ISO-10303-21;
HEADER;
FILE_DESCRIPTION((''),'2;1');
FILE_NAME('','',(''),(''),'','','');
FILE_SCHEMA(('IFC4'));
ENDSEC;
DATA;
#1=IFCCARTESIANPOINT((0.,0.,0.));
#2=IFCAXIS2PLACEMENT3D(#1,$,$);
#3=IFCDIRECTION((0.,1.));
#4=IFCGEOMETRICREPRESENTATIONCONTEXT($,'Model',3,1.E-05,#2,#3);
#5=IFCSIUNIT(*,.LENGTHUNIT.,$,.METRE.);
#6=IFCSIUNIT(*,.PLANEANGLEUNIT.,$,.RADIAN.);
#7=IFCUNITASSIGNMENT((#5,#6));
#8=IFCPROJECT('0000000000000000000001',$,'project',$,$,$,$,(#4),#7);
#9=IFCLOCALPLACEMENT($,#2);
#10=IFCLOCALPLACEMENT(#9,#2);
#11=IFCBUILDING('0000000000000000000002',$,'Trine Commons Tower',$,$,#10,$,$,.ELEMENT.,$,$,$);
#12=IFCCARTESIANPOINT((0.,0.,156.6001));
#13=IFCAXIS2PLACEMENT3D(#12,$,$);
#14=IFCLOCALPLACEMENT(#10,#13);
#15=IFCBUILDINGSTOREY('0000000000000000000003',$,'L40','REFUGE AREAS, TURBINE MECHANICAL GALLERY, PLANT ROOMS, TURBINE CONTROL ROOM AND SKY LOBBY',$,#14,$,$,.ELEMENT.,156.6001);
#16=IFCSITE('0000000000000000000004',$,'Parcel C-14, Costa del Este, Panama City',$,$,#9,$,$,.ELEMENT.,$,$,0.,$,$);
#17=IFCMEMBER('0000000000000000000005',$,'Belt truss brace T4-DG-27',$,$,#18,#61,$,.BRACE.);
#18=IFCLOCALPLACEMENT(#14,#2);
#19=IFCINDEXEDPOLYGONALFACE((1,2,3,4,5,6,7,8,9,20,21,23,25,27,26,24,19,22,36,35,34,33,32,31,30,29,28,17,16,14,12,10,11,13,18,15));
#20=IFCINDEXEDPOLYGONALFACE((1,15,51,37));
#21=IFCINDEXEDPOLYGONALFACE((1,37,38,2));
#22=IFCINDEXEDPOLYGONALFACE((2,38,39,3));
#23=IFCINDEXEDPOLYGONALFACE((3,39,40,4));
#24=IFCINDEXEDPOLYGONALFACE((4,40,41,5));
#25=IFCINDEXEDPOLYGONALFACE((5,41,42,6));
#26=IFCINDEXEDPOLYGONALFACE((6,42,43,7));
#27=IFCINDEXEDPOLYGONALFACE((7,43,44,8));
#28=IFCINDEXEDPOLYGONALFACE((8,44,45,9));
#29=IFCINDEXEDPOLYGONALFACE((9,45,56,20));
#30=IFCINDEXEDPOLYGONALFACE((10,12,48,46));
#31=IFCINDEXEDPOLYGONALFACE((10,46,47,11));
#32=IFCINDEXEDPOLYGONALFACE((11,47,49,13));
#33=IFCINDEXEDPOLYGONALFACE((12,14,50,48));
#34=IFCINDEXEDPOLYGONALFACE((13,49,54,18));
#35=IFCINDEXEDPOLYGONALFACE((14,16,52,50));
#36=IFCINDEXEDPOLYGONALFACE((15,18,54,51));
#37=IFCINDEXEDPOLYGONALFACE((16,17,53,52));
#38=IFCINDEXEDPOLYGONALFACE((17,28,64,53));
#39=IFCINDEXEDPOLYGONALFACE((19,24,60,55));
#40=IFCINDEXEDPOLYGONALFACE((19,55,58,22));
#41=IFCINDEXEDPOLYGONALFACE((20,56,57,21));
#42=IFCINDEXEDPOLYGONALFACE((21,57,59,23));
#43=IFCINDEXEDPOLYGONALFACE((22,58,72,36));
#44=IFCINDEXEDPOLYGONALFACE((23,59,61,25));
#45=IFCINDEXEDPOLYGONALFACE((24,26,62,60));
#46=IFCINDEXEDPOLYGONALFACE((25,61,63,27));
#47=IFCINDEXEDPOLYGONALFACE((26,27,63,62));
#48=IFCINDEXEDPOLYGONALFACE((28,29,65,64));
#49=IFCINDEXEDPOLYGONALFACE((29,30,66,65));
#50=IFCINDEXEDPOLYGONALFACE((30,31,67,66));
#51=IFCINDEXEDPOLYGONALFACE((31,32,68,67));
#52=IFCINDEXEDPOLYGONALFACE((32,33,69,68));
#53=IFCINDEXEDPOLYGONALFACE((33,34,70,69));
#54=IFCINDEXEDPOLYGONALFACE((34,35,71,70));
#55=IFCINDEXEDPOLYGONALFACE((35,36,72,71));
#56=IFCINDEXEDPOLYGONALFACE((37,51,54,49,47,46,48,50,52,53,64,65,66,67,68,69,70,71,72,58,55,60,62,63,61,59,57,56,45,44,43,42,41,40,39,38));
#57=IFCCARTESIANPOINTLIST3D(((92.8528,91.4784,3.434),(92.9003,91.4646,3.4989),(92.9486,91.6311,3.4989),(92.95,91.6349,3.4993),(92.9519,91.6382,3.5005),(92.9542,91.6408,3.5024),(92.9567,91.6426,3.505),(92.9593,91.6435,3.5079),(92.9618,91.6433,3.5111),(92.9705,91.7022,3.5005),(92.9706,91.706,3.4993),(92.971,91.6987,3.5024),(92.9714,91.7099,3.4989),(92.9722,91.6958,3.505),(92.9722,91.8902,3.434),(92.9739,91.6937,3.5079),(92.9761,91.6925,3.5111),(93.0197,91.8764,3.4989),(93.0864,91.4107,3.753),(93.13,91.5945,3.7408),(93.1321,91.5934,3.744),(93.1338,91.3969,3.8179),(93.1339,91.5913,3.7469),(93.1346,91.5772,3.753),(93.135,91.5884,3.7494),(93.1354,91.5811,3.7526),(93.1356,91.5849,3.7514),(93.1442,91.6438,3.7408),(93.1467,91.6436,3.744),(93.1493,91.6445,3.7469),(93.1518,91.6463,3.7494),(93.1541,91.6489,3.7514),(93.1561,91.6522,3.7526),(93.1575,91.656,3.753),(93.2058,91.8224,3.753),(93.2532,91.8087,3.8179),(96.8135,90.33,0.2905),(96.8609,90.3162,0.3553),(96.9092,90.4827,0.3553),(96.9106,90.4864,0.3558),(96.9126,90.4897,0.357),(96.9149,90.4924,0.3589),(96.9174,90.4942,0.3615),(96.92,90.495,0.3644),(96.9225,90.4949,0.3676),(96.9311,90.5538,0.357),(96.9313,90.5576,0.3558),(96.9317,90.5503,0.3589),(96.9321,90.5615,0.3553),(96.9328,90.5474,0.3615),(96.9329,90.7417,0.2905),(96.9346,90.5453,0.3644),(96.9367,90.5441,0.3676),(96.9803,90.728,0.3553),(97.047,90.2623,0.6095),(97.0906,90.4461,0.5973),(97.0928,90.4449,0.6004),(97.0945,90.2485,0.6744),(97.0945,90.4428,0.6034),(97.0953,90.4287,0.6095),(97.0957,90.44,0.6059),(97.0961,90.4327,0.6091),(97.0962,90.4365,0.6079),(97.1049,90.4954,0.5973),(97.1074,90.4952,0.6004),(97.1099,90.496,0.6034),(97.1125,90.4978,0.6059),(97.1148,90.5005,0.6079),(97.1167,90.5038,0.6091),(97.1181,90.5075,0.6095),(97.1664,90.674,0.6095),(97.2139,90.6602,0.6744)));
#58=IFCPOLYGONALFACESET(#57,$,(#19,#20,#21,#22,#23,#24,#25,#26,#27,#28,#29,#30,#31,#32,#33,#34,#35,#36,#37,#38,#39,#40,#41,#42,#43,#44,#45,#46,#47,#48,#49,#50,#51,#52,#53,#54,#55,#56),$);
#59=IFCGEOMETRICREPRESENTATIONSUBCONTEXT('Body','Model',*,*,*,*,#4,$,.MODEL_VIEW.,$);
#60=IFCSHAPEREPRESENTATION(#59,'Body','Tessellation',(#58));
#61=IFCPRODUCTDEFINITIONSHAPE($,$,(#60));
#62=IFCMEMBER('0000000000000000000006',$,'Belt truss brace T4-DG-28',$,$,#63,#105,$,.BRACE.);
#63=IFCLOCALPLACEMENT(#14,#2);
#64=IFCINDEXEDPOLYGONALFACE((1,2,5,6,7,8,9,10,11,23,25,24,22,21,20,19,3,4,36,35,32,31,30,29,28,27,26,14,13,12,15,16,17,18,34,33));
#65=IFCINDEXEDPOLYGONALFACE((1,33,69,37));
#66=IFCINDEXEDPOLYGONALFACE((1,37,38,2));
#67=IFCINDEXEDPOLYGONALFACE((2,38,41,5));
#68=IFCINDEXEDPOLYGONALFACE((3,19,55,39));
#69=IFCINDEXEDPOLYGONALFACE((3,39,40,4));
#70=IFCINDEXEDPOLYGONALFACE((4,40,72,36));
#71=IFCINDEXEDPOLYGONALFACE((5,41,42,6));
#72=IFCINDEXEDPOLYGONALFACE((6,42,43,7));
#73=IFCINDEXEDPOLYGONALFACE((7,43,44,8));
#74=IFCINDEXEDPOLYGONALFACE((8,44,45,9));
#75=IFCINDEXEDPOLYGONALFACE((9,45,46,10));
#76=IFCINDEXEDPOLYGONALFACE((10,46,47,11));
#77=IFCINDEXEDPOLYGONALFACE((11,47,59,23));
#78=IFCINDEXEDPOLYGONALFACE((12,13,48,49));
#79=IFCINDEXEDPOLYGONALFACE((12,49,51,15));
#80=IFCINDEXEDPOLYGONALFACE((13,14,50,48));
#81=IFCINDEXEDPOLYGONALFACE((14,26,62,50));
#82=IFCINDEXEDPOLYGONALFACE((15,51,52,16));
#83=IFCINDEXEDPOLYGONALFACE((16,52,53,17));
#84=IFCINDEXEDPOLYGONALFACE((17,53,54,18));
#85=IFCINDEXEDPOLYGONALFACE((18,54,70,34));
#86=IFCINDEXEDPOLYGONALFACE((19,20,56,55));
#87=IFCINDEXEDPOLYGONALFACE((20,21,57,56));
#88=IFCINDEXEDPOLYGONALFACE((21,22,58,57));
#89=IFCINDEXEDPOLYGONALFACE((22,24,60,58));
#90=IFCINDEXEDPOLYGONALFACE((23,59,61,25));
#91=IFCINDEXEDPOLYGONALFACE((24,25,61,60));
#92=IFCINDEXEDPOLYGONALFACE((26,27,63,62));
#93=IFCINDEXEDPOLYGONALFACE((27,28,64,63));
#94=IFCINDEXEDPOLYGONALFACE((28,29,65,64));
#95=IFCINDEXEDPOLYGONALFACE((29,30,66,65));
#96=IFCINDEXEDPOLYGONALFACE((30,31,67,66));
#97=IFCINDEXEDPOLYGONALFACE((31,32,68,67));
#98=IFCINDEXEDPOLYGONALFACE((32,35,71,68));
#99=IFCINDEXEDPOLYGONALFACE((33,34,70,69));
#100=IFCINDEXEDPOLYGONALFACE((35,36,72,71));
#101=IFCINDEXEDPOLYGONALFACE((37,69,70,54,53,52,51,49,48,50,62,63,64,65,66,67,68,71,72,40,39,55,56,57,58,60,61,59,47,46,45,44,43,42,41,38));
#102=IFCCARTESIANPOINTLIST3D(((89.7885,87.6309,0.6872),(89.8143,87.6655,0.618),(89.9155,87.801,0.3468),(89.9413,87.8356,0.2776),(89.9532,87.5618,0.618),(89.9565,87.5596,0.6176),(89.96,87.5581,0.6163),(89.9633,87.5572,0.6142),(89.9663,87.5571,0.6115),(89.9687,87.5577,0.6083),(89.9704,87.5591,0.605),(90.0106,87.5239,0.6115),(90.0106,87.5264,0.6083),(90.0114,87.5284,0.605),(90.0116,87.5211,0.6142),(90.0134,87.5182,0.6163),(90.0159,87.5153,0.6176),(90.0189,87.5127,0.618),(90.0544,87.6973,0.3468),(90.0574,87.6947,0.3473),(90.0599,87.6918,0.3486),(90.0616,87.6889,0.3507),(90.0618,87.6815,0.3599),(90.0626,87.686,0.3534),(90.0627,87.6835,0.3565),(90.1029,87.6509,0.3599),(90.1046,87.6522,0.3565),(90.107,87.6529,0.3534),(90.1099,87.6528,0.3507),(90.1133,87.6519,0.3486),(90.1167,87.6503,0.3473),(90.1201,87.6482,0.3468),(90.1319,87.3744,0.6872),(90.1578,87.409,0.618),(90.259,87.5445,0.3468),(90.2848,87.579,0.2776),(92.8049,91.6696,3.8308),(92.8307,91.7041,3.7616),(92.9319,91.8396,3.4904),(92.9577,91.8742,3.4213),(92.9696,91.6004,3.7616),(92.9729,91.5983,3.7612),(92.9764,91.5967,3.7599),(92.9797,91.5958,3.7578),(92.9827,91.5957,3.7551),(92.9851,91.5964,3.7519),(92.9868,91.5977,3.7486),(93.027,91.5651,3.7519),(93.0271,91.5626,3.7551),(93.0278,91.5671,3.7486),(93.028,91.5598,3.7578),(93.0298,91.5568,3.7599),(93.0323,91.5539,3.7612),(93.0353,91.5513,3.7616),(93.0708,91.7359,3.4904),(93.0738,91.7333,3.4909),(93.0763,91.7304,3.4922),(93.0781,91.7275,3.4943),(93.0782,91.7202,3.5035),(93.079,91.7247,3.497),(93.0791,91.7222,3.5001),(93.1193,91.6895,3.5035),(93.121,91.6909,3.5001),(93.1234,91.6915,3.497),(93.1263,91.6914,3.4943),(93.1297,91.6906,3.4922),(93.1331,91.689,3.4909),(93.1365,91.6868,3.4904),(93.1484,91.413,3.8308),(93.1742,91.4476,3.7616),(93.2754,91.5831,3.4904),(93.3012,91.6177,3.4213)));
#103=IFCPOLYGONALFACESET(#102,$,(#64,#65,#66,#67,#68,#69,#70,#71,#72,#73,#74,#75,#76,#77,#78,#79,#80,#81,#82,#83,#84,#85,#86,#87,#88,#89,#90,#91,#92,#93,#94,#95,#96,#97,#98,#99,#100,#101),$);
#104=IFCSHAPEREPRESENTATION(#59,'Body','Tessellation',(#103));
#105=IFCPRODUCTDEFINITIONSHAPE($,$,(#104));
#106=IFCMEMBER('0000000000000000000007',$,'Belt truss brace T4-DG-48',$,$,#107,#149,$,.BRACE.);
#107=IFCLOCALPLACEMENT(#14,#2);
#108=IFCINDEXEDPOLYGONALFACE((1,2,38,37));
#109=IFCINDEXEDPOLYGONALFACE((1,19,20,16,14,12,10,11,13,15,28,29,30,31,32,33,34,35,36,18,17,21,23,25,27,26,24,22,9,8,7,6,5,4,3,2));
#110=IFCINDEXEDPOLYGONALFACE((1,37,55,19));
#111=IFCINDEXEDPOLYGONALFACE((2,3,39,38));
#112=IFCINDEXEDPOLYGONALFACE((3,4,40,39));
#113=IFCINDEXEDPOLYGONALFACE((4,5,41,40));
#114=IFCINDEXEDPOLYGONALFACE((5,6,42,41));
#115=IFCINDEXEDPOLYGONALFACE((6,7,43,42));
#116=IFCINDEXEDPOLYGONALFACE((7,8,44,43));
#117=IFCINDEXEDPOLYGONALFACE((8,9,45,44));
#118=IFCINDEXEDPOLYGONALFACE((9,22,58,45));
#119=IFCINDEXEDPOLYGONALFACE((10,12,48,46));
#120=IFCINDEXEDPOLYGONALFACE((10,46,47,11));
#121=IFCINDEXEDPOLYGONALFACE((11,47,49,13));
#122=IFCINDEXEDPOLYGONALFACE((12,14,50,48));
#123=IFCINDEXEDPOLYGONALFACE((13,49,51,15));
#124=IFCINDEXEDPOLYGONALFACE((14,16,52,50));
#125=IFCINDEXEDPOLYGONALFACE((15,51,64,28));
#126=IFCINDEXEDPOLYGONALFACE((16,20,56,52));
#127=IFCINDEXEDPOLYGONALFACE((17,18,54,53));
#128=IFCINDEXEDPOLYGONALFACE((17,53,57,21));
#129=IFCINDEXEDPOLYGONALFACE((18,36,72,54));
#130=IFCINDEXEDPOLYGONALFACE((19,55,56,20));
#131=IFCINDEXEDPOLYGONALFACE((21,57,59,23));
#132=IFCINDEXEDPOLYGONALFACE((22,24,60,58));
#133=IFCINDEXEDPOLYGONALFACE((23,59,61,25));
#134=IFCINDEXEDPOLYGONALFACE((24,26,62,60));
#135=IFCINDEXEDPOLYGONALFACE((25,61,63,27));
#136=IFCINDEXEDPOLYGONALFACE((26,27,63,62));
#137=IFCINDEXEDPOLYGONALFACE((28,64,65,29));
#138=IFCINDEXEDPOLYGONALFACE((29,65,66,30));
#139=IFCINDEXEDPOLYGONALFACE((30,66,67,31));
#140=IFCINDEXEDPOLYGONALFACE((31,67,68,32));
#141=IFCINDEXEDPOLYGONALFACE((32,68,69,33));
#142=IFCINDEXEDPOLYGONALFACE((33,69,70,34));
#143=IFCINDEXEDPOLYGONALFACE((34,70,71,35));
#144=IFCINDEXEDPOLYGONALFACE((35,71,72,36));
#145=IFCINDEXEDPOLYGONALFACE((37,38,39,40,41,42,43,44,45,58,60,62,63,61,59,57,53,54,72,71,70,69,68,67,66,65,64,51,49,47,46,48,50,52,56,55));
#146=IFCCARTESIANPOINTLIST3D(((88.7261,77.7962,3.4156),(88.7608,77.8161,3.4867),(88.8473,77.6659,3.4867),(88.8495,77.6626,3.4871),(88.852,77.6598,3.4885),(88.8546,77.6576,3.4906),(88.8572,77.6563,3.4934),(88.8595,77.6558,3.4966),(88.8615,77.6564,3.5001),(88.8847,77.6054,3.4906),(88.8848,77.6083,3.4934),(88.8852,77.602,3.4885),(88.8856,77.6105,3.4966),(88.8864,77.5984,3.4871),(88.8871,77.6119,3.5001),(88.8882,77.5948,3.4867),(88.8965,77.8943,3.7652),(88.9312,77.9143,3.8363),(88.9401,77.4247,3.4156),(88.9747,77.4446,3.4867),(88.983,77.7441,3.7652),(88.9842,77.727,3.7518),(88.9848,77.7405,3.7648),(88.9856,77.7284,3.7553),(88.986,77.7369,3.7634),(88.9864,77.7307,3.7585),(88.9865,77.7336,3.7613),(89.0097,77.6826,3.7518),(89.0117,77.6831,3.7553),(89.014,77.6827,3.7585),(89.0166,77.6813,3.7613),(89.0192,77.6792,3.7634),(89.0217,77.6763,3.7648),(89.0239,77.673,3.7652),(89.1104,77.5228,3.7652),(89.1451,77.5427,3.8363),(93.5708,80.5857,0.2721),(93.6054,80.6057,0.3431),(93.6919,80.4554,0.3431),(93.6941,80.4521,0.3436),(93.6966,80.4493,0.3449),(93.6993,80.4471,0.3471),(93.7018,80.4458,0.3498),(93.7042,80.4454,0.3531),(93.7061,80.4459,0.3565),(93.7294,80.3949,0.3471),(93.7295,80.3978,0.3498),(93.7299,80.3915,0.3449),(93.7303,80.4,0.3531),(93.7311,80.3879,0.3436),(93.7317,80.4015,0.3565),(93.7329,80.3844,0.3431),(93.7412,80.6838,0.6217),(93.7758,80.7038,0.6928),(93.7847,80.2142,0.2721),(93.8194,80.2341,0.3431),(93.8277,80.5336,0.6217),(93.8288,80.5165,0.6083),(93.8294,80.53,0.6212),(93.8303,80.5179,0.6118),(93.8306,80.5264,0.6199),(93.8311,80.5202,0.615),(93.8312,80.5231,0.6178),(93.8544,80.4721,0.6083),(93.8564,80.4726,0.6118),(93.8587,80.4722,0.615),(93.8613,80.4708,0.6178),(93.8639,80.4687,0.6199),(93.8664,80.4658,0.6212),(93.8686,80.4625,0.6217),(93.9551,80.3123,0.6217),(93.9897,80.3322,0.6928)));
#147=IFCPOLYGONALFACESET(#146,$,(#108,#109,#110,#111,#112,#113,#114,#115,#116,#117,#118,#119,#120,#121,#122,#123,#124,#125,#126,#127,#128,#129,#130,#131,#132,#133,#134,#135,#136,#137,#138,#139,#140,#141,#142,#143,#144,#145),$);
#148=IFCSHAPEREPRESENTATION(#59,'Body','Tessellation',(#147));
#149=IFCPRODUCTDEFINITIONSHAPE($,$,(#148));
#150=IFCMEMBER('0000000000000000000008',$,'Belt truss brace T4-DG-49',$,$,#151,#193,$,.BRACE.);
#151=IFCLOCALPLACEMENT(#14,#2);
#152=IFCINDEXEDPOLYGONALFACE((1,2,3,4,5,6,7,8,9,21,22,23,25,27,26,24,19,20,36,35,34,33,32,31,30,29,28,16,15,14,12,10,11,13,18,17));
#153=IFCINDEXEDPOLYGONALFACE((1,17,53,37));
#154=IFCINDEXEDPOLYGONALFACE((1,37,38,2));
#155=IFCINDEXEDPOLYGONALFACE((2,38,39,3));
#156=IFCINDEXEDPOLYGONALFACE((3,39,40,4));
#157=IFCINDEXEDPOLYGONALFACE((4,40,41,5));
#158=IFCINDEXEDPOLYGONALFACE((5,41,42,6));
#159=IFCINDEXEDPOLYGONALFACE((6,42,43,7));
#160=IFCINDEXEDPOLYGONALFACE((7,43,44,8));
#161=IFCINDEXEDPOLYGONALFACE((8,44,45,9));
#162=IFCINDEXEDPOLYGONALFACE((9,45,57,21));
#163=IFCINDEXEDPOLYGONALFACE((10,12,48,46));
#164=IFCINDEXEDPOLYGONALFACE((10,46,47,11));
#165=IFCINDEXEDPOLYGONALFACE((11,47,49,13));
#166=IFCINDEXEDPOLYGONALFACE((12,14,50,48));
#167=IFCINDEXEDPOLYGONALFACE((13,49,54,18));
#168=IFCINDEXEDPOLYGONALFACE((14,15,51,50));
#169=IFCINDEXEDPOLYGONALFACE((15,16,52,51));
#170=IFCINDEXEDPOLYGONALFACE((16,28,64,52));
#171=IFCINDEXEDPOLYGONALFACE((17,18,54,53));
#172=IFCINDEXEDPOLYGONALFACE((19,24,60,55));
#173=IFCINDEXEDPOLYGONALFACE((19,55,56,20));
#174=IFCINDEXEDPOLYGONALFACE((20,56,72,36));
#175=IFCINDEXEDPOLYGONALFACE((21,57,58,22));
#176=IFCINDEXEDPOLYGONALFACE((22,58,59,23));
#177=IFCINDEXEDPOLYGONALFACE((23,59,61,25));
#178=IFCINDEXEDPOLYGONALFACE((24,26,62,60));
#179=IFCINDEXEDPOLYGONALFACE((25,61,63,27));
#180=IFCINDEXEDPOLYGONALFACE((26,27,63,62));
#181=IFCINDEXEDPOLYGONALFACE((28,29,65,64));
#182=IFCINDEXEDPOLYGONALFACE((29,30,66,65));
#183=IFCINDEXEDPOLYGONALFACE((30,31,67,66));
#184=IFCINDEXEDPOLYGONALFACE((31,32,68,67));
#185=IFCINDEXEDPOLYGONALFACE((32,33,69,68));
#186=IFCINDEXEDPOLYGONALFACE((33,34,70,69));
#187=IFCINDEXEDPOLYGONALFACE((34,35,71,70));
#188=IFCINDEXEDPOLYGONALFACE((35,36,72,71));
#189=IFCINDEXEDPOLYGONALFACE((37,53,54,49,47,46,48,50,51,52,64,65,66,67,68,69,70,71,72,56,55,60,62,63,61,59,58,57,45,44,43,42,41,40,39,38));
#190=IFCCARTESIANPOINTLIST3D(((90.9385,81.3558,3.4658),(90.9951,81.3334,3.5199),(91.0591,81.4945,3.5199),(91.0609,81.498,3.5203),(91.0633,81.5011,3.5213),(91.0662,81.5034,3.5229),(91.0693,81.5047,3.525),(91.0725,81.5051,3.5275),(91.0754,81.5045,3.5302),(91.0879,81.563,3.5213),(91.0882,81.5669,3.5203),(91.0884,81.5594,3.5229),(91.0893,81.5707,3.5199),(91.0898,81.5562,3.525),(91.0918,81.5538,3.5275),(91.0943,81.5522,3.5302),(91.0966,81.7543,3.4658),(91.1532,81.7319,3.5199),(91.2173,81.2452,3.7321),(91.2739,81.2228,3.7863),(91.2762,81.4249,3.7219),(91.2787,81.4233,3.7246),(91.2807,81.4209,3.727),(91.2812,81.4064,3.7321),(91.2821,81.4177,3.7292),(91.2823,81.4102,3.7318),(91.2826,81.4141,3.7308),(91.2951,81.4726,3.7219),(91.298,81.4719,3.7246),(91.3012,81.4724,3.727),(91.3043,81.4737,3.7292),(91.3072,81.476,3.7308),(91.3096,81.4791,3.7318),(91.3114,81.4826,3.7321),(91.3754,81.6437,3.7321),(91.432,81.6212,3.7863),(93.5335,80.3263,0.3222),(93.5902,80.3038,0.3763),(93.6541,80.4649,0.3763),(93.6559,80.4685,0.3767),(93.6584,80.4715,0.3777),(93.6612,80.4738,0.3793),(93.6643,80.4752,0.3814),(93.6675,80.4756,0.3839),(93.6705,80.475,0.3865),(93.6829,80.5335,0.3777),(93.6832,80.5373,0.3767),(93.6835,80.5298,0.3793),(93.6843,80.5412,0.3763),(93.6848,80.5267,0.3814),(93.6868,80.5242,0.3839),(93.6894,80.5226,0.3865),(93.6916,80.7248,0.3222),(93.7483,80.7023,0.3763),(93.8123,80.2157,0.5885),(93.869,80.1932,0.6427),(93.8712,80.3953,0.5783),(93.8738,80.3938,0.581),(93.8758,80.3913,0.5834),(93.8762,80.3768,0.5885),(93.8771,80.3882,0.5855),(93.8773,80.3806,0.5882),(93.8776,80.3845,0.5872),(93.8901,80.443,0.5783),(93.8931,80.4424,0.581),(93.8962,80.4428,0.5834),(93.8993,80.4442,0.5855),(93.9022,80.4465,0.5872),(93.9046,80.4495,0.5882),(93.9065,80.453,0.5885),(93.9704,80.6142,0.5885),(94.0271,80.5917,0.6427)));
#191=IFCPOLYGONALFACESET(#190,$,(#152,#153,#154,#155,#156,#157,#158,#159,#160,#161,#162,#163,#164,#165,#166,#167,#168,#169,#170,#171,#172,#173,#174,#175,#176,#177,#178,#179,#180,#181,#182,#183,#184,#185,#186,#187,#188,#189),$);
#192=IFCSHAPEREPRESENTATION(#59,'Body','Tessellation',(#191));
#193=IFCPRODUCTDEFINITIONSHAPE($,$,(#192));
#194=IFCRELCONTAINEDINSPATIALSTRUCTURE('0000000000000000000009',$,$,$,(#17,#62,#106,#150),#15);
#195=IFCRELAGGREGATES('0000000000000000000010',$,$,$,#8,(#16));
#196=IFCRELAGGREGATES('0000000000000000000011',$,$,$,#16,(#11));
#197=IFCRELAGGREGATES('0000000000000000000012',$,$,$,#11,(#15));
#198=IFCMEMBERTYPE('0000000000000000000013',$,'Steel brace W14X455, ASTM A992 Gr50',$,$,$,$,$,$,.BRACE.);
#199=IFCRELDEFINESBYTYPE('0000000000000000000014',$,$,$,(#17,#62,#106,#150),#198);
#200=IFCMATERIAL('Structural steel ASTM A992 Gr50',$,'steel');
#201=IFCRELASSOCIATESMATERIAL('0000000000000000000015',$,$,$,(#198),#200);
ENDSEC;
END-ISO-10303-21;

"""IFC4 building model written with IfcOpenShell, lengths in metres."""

from ifc_helpers import new_model, si_unit, direction, frame, origin, origin_2d, place, context, subcontext, project, spatial, i_section, extrude, material, material_profile, profile_set, type_object, element, save


model = new_model("IFC4")

# Units and contexts
model_context = context("Model", 3, precision=1e-05, world=origin(), true_north=direction((0.0, 1.0)))
body_context = subcontext(model_context, "Body", "Model", "MODEL_VIEW")
ifc_project = project(units=[si_unit("LENGTHUNIT", "METRE"), si_unit("PLANEANGLEUNIT", "RADIAN")], contexts=[model_context])

# Site, building, storey
site_placement = place(None, origin())
site = spatial("IfcSite", under=ifc_project, at=site_placement, Name="Parcel C-14, Costa del Este, Panama City", CompositionType="ELEMENT", RefElevation=0.0)
building_placement = place(site_placement, origin())
building = spatial("IfcBuilding", under=site, at=building_placement, Name="Trine Commons Tower", CompositionType="ELEMENT")
storey_placement = place(building_placement, frame((0.0, 0.0, 156.6001)))
storey = spatial("IfcBuildingStorey", under=building, at=storey_placement, Name="L40", Description="REFUGE AREAS, TURBINE MECHANICAL GALLERY, PLANT ROOMS, TURBINE CONTROL ROOM AND SKY LOBBY", CompositionType="ELEMENT", Elevation=156.6001)

# Shared definitions
ifc_material_1 = material(Name="Structural steel ASTM A992 Gr50", Category="steel")

# Members
ifc_material_profile_1 = material_profile(ifc_material_1, i_section(OverallWidth=0.4287, OverallDepth=0.4827, WebThickness=0.0513, FlangeThickness=0.0815, FilletRadius=0.0154, at=origin_2d()), Name="W14X455")
ifc_profile_set_1 = profile_set([ifc_material_profile_1], Name="Structural steel ASTM A992 Gr50")
member_type_1 = type_object("IfcMemberType", Name="Steel brace W14X455, ASTM A992 Gr50", PredefinedType="BRACE", material=ifc_profile_set_1)
member_1_placement = place(storey_placement, frame((97.0137, 90.4951, 0.4824), z_axis=(-0.763823, 0.221477, 0.606237), x_axis=(-0.278488, -0.96044, 0.0)))
element("IfcMember", 1, at=member_1_placement, inside=storey, type_object=member_type_1, Name="Belt truss brace T4-DG-27", PredefinedType="BRACE", context=body_context, shape_type="SweptSolid", body=[
    extrude(i_section(OverallWidth=0.4287, OverallDepth=0.4827, WebThickness=0.0513, FlangeThickness=0.0815, FilletRadius=0.0154, at=origin_2d()), origin(), (0.0, 0.0, 1.0), 5.1853),
])
member_2_placement = place(storey_placement, frame((90.0366, 87.605, 0.4824), z_axis=(0.507755, 0.679829, 0.529167), x_axis=(-0.801196, 0.598402, 0.0)))
element("IfcMember", 2, at=member_2_placement, inside=storey, type_object=member_type_1, Name="Belt truss brace T4-DG-28", PredefinedType="BRACE", context=body_context, shape_type="SweptSolid", body=[
    extrude(i_section(OverallWidth=0.4287, OverallDepth=0.4827, WebThickness=0.0513, FlangeThickness=0.0815, FilletRadius=0.0154, at=origin_2d()), origin(), (0.0, 0.0, 1.0), 5.9407),
])
member_3_placement = place(storey_placement, frame((93.7803, 80.459, 0.4824), z_axis=(-0.755377, -0.43494, 0.490135), x_axis=(0.498986, -0.86661, 0.0)))
element("IfcMember", 3, at=member_3_placement, inside=storey, type_object=member_type_1, Name="Belt truss brace T4-DG-48", PredefinedType="BRACE", context=body_context, shape_type="SweptSolid", body=[
    extrude(i_section(OverallWidth=0.4287, OverallDepth=0.4827, WebThickness=0.0513, FlangeThickness=0.0815, FilletRadius=0.0154, at=origin_2d()), origin(), (0.0, 0.0, 1.0), 6.4136),
])
member_4_placement = place(storey_placement, frame((93.7803, 80.459, 0.4824), z_axis=(-0.617225, 0.244881, 0.747708), x_axis=(-0.368781, -0.929516, 0.0)))
element("IfcMember", 4, at=member_4_placement, inside=storey, type_object=member_type_1, Name="Belt truss brace T4-DG-49", PredefinedType="BRACE", context=body_context, shape_type="SweptSolid", body=[
    extrude(i_section(OverallWidth=0.4287, OverallDepth=0.4827, WebThickness=0.0513, FlangeThickness=0.0815, FilletRadius=0.0154, at=origin_2d()), origin(), (0.0, 0.0, 1.0), 4.2043),
])

save(model, "model.ifc")
